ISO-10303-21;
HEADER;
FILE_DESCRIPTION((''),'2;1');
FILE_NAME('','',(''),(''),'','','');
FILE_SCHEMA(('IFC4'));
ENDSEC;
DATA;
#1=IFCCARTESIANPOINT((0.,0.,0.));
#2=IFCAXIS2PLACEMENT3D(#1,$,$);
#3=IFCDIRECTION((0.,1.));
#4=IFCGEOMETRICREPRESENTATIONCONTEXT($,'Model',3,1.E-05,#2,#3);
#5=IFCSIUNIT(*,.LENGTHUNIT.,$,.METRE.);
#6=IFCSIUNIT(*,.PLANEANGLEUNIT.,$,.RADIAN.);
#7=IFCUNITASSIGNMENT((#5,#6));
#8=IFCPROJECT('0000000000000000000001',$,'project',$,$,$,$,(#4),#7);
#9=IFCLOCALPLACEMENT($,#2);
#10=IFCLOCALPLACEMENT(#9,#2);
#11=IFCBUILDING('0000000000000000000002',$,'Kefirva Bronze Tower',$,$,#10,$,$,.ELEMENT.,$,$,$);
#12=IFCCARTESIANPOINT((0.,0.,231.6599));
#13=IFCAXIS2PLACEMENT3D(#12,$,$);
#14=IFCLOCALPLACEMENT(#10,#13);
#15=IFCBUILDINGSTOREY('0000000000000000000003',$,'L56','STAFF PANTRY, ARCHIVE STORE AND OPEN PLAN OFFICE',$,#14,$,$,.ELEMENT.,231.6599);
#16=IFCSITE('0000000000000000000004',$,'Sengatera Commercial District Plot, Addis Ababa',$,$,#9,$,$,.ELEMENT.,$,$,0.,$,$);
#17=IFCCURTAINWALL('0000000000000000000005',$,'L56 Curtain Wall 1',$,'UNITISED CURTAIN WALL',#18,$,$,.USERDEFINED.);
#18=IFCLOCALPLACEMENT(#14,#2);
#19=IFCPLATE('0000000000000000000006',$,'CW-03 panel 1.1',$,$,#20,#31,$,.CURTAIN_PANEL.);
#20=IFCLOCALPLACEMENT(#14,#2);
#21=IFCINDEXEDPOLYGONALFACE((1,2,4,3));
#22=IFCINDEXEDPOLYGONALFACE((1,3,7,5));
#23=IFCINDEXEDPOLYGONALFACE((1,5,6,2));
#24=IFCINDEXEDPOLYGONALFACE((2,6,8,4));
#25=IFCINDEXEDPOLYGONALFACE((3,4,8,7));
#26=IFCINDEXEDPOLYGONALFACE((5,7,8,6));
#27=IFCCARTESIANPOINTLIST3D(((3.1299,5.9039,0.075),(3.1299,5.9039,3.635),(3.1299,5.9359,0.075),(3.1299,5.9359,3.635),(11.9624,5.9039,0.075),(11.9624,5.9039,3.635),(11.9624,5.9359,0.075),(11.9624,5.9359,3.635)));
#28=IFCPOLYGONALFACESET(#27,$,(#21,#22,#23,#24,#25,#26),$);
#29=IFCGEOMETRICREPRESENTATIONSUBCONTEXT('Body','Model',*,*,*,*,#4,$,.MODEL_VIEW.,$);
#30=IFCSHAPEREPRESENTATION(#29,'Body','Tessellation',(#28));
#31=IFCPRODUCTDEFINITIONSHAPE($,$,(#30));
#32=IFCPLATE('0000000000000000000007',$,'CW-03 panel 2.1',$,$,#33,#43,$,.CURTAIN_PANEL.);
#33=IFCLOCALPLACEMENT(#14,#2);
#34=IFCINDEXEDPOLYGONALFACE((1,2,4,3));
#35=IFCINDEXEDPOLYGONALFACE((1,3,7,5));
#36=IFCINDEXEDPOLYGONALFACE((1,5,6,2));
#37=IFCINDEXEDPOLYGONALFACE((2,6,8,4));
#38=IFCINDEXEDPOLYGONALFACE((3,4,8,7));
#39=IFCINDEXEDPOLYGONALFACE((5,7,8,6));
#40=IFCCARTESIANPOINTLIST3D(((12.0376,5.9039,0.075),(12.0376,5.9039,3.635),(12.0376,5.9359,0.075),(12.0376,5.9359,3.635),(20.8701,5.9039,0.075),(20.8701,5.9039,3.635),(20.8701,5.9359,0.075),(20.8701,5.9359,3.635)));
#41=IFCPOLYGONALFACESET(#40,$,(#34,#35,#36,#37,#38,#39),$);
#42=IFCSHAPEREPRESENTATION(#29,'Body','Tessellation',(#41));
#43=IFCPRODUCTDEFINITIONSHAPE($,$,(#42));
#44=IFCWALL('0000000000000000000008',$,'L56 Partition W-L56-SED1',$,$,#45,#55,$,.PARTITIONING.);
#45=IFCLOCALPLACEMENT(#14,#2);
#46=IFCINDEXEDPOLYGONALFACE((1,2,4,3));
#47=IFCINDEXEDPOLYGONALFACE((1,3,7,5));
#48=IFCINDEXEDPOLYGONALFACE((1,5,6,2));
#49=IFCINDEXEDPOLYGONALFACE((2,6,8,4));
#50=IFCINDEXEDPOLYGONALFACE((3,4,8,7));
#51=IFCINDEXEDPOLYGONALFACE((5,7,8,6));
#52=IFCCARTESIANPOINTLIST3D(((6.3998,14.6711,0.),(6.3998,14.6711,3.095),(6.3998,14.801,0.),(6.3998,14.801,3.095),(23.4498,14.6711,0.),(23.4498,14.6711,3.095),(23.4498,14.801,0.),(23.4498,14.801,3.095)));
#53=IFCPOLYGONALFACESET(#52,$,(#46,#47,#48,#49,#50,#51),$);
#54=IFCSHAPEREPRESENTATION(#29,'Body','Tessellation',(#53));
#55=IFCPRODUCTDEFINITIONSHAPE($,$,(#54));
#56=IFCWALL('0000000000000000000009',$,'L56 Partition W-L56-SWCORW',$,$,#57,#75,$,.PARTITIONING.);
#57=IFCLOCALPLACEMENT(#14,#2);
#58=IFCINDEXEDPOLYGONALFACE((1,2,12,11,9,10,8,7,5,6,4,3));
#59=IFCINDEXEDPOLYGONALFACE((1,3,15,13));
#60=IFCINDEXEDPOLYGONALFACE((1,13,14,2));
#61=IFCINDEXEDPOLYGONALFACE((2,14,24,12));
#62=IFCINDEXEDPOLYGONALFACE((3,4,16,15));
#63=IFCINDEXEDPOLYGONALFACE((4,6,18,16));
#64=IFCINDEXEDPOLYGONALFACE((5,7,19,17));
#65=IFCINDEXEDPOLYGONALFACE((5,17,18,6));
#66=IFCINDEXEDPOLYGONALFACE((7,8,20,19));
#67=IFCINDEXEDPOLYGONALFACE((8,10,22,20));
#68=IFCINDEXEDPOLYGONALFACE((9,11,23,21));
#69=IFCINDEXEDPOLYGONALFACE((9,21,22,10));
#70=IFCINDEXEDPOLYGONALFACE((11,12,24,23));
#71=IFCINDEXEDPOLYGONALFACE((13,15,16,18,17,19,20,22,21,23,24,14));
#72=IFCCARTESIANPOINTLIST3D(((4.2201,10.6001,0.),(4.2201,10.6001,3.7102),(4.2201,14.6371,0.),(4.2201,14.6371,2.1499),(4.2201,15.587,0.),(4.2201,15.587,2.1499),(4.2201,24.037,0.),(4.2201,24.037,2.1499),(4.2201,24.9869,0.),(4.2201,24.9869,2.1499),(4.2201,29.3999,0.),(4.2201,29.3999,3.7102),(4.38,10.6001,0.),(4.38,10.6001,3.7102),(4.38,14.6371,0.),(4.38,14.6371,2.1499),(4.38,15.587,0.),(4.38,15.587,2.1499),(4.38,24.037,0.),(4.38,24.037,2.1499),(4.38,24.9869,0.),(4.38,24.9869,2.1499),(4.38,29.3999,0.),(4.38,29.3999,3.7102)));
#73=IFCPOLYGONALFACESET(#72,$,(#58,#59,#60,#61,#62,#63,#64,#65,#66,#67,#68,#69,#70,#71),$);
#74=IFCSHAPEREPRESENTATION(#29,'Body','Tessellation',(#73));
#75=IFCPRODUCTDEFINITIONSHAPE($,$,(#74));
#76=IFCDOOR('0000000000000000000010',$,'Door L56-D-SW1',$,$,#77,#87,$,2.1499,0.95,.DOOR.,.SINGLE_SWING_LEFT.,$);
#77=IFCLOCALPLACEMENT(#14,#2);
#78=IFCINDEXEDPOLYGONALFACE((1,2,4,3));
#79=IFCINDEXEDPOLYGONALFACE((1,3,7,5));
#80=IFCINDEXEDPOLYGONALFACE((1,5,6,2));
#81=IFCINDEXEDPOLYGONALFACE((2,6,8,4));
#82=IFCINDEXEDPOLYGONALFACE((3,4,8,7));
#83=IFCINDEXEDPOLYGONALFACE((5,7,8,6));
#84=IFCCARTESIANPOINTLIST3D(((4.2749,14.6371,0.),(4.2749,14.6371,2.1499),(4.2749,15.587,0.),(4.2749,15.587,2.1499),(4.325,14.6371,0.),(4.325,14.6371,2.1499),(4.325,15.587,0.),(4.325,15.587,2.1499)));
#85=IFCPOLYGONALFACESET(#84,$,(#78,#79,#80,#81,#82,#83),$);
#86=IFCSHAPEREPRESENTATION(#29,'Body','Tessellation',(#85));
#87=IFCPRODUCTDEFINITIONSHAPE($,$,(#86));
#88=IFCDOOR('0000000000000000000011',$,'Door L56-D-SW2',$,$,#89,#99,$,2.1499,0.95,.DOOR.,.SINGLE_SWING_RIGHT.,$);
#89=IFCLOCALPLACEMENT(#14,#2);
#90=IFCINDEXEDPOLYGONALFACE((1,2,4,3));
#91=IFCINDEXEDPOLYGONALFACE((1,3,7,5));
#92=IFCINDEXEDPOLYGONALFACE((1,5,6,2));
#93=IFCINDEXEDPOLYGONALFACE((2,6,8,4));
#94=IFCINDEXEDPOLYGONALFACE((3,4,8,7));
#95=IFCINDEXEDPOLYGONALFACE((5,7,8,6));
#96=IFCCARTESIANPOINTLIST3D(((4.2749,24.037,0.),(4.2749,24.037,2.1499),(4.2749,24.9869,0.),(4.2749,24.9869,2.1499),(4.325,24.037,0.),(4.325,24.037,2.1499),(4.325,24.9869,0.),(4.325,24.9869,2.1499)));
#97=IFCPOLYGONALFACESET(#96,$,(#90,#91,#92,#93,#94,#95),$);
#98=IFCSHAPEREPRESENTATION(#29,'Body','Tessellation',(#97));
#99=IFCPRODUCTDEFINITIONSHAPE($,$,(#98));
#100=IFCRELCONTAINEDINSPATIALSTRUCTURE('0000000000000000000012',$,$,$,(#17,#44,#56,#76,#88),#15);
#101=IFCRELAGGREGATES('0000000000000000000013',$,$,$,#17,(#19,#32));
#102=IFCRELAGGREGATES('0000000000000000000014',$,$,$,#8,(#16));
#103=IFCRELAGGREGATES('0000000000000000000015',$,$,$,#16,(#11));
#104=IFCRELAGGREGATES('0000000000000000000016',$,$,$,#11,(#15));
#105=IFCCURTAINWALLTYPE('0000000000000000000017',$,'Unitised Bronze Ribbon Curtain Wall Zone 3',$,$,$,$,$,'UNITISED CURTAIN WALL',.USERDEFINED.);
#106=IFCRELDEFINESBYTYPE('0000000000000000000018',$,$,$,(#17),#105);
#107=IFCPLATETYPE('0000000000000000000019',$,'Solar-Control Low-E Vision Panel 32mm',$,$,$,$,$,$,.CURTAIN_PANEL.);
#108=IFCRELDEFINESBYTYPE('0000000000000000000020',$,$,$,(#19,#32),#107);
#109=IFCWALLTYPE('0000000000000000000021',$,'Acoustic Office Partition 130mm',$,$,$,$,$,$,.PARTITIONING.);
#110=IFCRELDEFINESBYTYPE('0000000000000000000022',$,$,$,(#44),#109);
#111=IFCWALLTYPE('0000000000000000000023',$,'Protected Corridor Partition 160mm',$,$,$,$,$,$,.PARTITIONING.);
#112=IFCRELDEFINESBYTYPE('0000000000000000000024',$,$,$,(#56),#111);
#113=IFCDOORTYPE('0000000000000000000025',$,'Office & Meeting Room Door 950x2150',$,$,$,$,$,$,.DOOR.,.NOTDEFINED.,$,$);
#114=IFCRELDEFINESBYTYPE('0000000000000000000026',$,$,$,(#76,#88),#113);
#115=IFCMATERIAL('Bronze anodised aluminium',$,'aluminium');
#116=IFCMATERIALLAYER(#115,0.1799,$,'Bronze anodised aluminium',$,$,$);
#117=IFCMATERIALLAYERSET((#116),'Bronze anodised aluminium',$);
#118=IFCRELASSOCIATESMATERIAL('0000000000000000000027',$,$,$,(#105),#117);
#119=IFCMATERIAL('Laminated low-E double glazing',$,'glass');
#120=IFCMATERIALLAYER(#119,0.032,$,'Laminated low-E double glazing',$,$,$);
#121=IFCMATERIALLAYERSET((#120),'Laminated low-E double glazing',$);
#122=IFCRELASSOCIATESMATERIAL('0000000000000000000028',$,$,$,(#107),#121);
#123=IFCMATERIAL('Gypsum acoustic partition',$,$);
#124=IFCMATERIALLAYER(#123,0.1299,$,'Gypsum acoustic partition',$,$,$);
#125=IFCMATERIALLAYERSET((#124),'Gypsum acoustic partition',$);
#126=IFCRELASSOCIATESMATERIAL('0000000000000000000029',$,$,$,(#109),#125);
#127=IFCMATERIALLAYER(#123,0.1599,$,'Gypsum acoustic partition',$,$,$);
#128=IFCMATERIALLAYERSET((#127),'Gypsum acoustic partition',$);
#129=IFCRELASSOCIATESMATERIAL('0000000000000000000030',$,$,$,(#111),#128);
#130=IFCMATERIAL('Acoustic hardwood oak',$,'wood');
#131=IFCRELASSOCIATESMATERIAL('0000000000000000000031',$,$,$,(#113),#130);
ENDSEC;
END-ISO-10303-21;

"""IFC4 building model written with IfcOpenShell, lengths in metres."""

from ifc_helpers import new_model, si_unit, direction, frame, frame_2d, origin, origin_2d, place, context, subcontext, project, spatial, rectangle, extrude, material, layer, layer_set, type_object, element, fill, aggregate, save


model = new_model("IFC4")

# Units and contexts
model_context = context("Model", 3, precision=1e-05, world=origin(), true_north=direction((0.0, 1.0)))
body_context = subcontext(model_context, "Body", "Model", "MODEL_VIEW")
ifc_project = project(units=[si_unit("LENGTHUNIT", "METRE"), si_unit("PLANEANGLEUNIT", "RADIAN")], contexts=[model_context])

# Site, building, storey
site_placement = place(None, origin())
site = spatial("IfcSite", under=ifc_project, at=site_placement, Name="Sengatera Commercial District Plot, Addis Ababa", CompositionType="ELEMENT", RefElevation=0.0)
building_placement = place(site_placement, origin())
building = spatial("IfcBuilding", under=site, at=building_placement, Name="Kefirva Bronze Tower", CompositionType="ELEMENT")
storey_placement = place(building_placement, frame((0.0, 0.0, 231.6599)))
storey = spatial("IfcBuildingStorey", under=building, at=storey_placement, Name="L56", Description="STAFF PANTRY, ARCHIVE STORE AND OPEN PLAN OFFICE", CompositionType="ELEMENT", Elevation=231.6599)

# Curtain wall
ifc_material_1 = material(Name="Bronze anodised aluminium", Category="aluminium")
ifc_layer_1 = layer(ifc_material_1, 0.1799, Name="Bronze anodised aluminium")
ifc_layer_set_1 = layer_set([ifc_layer_1], Name="Bronze anodised aluminium")
curtain_wall_type = type_object("IfcCurtainWallType", Name="Unitised Bronze Ribbon Curtain Wall Zone 3", ElementType="UNITISED CURTAIN WALL", PredefinedType="USERDEFINED", material=ifc_layer_set_1)
curtain_wall_placement = place(storey_placement, origin())
curtain_wall = element("IfcCurtainWall", 1, at=curtain_wall_placement, inside=storey, type_object=curtain_wall_type, Name="L56 Curtain Wall 1", ObjectType="UNITISED CURTAIN WALL", PredefinedType="USERDEFINED")

# Plates
ifc_material_2 = material(Name="Laminated low-E double glazing", Category="glass")
ifc_layer_2 = layer(ifc_material_2, 0.032, Name="Laminated low-E double glazing")
ifc_layer_set_2 = layer_set([ifc_layer_2], Name="Laminated low-E double glazing")
plate_type = type_object("IfcPlateType", Name="Solar-Control Low-E Vision Panel 32mm", PredefinedType="CURTAIN_PANEL", material=ifc_layer_set_2)
plate_1_placement = place(storey_placement, frame((7.5461, 5.9199, 0.075), z_axis=(0.0, 0.0, 1.0), x_axis=(1.0, 0.0, 0.0)))
plate_1 = element("IfcPlate", 2, at=plate_1_placement, type_object=plate_type, Name="CW-03 panel 1.1", PredefinedType="CURTAIN_PANEL", context=body_context, shape_type="SweptSolid", body=[
    extrude(rectangle(XDim=8.8325, YDim=0.032, at=origin_2d()), origin(), (0.0, 0.0, 1.0), 3.5601),
])
plate_2_placement = place(storey_placement, frame((16.4539, 5.9199, 0.075), z_axis=(0.0, 0.0, 1.0), x_axis=(1.0, 0.0, 0.0)))
plate_2 = element("IfcPlate", 3, at=plate_2_placement, type_object=plate_type, Name="CW-03 panel 2.1", PredefinedType="CURTAIN_PANEL", context=body_context, shape_type="SweptSolid", body=[
    extrude(rectangle(XDim=8.8325, YDim=0.032, at=origin_2d()), origin(), (0.0, 0.0, 1.0), 3.5601),
])
aggregate(curtain_wall, [plate_1, plate_2])

# Wall
ifc_material_3 = material(Name="Gypsum acoustic partition")
ifc_layer_3 = layer(ifc_material_3, 0.1299, Name="Gypsum acoustic partition")
ifc_layer_set_3 = layer_set([ifc_layer_3], Name="Gypsum acoustic partition")
wall_type_1 = type_object("IfcWallType", Name="Acoustic Office Partition 130mm", PredefinedType="PARTITIONING", material=ifc_layer_set_3)
wall_1_placement = place(storey_placement, frame((6.3999, 14.7361, 0.0), z_axis=(0.0, 0.0, 1.0), x_axis=(1.0, 0.0, 0.0)))
element("IfcWall", 4, at=wall_1_placement, inside=storey, type_object=wall_type_1, Name="L56 Partition W-L56-SED1", PredefinedType="PARTITIONING", context=body_context, shape_type="SweptSolid", body=[
    extrude(rectangle(XDim=17.05, YDim=0.1299, at=frame_2d((8.5249, 0.0))), origin(), (0.0, 0.0, 1.0), 3.095),
])

# Wall, openings, doors
ifc_layer_4 = layer(ifc_material_3, 0.1599, Name="Gypsum acoustic partition")
ifc_layer_set_4 = layer_set([ifc_layer_4], Name="Gypsum acoustic partition")
wall_type_2 = type_object("IfcWallType", Name="Protected Corridor Partition 160mm", PredefinedType="PARTITIONING", material=ifc_layer_set_4)
wall_2_placement = place(storey_placement, frame((4.3, 10.6001, 0.0), z_axis=(0.0, 0.0, 1.0), x_axis=(0.0, 1.0, 0.0)))
wall_2 = element("IfcWall", 5, at=wall_2_placement, inside=storey, type_object=wall_type_2, Name="L56 Partition W-L56-SWCORW", PredefinedType="PARTITIONING", context=body_context, shape_type="SweptSolid", body=[
    extrude(rectangle(XDim=18.7998, YDim=0.1599, at=frame_2d((9.3999, 0.0))), origin(), (0.0, 0.0, 1.0), 3.7102),
])
opening_1_placement = place(wall_2_placement, frame((4.9871, 0.0, 0.0), z_axis=(0.0, 0.0, 1.0), x_axis=(-1.0, 0.0, 0.0)))
opening_1 = element("IfcOpeningElement", 6, at=opening_1_placement, cuts=wall_2, PredefinedType="OPENING", context=body_context, shape_type="SweptSolid", body=[
    extrude(rectangle(XDim=0.95, YDim=2.1499, at=frame_2d((0.4751, 1.075))), frame((0.0, 0.0898, 0.0), z_axis=(0.0, -1.0, 0.0), x_axis=(1.0, 0.0, 0.0)), (0.0, 0.0, 1.0), 0.1799),
])
opening_2_placement = place(wall_2_placement, frame((14.387, 0.0, 0.0), z_axis=(0.0, 0.0, 1.0), x_axis=(-1.0, 0.0, 0.0)))
opening_2 = element("IfcOpeningElement", 7, at=opening_2_placement, cuts=wall_2, PredefinedType="OPENING", context=body_context, shape_type="SweptSolid", body=[
    extrude(rectangle(XDim=0.95, YDim=2.1499, at=frame_2d((0.4751, 1.075))), frame((0.0, 0.0898, 0.0), z_axis=(0.0, -1.0, 0.0), x_axis=(1.0, 0.0, 0.0)), (0.0, 0.0, 1.0), 0.1799),
])
ifc_material_4 = material(Name="Acoustic hardwood oak", Category="wood")
door_type = type_object("IfcDoorType", Name="Office & Meeting Room Door 950x2150", OperationType="NOTDEFINED", PredefinedType="DOOR", material=ifc_material_4)
door_1_placement = place(opening_1_placement, origin())
door_1 = element("IfcDoor", 8, at=door_1_placement, inside=storey, type_object=door_type, Name="Door L56-D-SW1", OperationType="SINGLE_SWING_LEFT", OverallHeight=2.1499, OverallWidth=0.95, PredefinedType="DOOR", context=body_context, shape_type="SweptSolid", body=[
    extrude(rectangle(XDim=0.95, YDim=2.1499, at=frame_2d((0.4751, 1.075))), frame((0.0, 0.0249, 0.0), z_axis=(0.0, -1.0, 0.0), x_axis=(1.0, 0.0, 0.0)), (0.0, 0.0, 1.0), 0.05),
])
fill(opening_1, door_1)
door_2_placement = place(opening_2_placement, origin())
door_2 = element("IfcDoor", 9, at=door_2_placement, inside=storey, type_object=door_type, Name="Door L56-D-SW2", OperationType="SINGLE_SWING_RIGHT", OverallHeight=2.1499, OverallWidth=0.95, PredefinedType="DOOR", context=body_context, shape_type="SweptSolid", body=[
    extrude(rectangle(XDim=0.95, YDim=2.1499, at=frame_2d((0.4751, 1.075))), frame((0.0, 0.0249, 0.0), z_axis=(0.0, -1.0, 0.0), x_axis=(1.0, 0.0, 0.0)), (0.0, 0.0, 1.0), 0.05),
])
fill(opening_2, door_2)

save(model, "model.ifc")
